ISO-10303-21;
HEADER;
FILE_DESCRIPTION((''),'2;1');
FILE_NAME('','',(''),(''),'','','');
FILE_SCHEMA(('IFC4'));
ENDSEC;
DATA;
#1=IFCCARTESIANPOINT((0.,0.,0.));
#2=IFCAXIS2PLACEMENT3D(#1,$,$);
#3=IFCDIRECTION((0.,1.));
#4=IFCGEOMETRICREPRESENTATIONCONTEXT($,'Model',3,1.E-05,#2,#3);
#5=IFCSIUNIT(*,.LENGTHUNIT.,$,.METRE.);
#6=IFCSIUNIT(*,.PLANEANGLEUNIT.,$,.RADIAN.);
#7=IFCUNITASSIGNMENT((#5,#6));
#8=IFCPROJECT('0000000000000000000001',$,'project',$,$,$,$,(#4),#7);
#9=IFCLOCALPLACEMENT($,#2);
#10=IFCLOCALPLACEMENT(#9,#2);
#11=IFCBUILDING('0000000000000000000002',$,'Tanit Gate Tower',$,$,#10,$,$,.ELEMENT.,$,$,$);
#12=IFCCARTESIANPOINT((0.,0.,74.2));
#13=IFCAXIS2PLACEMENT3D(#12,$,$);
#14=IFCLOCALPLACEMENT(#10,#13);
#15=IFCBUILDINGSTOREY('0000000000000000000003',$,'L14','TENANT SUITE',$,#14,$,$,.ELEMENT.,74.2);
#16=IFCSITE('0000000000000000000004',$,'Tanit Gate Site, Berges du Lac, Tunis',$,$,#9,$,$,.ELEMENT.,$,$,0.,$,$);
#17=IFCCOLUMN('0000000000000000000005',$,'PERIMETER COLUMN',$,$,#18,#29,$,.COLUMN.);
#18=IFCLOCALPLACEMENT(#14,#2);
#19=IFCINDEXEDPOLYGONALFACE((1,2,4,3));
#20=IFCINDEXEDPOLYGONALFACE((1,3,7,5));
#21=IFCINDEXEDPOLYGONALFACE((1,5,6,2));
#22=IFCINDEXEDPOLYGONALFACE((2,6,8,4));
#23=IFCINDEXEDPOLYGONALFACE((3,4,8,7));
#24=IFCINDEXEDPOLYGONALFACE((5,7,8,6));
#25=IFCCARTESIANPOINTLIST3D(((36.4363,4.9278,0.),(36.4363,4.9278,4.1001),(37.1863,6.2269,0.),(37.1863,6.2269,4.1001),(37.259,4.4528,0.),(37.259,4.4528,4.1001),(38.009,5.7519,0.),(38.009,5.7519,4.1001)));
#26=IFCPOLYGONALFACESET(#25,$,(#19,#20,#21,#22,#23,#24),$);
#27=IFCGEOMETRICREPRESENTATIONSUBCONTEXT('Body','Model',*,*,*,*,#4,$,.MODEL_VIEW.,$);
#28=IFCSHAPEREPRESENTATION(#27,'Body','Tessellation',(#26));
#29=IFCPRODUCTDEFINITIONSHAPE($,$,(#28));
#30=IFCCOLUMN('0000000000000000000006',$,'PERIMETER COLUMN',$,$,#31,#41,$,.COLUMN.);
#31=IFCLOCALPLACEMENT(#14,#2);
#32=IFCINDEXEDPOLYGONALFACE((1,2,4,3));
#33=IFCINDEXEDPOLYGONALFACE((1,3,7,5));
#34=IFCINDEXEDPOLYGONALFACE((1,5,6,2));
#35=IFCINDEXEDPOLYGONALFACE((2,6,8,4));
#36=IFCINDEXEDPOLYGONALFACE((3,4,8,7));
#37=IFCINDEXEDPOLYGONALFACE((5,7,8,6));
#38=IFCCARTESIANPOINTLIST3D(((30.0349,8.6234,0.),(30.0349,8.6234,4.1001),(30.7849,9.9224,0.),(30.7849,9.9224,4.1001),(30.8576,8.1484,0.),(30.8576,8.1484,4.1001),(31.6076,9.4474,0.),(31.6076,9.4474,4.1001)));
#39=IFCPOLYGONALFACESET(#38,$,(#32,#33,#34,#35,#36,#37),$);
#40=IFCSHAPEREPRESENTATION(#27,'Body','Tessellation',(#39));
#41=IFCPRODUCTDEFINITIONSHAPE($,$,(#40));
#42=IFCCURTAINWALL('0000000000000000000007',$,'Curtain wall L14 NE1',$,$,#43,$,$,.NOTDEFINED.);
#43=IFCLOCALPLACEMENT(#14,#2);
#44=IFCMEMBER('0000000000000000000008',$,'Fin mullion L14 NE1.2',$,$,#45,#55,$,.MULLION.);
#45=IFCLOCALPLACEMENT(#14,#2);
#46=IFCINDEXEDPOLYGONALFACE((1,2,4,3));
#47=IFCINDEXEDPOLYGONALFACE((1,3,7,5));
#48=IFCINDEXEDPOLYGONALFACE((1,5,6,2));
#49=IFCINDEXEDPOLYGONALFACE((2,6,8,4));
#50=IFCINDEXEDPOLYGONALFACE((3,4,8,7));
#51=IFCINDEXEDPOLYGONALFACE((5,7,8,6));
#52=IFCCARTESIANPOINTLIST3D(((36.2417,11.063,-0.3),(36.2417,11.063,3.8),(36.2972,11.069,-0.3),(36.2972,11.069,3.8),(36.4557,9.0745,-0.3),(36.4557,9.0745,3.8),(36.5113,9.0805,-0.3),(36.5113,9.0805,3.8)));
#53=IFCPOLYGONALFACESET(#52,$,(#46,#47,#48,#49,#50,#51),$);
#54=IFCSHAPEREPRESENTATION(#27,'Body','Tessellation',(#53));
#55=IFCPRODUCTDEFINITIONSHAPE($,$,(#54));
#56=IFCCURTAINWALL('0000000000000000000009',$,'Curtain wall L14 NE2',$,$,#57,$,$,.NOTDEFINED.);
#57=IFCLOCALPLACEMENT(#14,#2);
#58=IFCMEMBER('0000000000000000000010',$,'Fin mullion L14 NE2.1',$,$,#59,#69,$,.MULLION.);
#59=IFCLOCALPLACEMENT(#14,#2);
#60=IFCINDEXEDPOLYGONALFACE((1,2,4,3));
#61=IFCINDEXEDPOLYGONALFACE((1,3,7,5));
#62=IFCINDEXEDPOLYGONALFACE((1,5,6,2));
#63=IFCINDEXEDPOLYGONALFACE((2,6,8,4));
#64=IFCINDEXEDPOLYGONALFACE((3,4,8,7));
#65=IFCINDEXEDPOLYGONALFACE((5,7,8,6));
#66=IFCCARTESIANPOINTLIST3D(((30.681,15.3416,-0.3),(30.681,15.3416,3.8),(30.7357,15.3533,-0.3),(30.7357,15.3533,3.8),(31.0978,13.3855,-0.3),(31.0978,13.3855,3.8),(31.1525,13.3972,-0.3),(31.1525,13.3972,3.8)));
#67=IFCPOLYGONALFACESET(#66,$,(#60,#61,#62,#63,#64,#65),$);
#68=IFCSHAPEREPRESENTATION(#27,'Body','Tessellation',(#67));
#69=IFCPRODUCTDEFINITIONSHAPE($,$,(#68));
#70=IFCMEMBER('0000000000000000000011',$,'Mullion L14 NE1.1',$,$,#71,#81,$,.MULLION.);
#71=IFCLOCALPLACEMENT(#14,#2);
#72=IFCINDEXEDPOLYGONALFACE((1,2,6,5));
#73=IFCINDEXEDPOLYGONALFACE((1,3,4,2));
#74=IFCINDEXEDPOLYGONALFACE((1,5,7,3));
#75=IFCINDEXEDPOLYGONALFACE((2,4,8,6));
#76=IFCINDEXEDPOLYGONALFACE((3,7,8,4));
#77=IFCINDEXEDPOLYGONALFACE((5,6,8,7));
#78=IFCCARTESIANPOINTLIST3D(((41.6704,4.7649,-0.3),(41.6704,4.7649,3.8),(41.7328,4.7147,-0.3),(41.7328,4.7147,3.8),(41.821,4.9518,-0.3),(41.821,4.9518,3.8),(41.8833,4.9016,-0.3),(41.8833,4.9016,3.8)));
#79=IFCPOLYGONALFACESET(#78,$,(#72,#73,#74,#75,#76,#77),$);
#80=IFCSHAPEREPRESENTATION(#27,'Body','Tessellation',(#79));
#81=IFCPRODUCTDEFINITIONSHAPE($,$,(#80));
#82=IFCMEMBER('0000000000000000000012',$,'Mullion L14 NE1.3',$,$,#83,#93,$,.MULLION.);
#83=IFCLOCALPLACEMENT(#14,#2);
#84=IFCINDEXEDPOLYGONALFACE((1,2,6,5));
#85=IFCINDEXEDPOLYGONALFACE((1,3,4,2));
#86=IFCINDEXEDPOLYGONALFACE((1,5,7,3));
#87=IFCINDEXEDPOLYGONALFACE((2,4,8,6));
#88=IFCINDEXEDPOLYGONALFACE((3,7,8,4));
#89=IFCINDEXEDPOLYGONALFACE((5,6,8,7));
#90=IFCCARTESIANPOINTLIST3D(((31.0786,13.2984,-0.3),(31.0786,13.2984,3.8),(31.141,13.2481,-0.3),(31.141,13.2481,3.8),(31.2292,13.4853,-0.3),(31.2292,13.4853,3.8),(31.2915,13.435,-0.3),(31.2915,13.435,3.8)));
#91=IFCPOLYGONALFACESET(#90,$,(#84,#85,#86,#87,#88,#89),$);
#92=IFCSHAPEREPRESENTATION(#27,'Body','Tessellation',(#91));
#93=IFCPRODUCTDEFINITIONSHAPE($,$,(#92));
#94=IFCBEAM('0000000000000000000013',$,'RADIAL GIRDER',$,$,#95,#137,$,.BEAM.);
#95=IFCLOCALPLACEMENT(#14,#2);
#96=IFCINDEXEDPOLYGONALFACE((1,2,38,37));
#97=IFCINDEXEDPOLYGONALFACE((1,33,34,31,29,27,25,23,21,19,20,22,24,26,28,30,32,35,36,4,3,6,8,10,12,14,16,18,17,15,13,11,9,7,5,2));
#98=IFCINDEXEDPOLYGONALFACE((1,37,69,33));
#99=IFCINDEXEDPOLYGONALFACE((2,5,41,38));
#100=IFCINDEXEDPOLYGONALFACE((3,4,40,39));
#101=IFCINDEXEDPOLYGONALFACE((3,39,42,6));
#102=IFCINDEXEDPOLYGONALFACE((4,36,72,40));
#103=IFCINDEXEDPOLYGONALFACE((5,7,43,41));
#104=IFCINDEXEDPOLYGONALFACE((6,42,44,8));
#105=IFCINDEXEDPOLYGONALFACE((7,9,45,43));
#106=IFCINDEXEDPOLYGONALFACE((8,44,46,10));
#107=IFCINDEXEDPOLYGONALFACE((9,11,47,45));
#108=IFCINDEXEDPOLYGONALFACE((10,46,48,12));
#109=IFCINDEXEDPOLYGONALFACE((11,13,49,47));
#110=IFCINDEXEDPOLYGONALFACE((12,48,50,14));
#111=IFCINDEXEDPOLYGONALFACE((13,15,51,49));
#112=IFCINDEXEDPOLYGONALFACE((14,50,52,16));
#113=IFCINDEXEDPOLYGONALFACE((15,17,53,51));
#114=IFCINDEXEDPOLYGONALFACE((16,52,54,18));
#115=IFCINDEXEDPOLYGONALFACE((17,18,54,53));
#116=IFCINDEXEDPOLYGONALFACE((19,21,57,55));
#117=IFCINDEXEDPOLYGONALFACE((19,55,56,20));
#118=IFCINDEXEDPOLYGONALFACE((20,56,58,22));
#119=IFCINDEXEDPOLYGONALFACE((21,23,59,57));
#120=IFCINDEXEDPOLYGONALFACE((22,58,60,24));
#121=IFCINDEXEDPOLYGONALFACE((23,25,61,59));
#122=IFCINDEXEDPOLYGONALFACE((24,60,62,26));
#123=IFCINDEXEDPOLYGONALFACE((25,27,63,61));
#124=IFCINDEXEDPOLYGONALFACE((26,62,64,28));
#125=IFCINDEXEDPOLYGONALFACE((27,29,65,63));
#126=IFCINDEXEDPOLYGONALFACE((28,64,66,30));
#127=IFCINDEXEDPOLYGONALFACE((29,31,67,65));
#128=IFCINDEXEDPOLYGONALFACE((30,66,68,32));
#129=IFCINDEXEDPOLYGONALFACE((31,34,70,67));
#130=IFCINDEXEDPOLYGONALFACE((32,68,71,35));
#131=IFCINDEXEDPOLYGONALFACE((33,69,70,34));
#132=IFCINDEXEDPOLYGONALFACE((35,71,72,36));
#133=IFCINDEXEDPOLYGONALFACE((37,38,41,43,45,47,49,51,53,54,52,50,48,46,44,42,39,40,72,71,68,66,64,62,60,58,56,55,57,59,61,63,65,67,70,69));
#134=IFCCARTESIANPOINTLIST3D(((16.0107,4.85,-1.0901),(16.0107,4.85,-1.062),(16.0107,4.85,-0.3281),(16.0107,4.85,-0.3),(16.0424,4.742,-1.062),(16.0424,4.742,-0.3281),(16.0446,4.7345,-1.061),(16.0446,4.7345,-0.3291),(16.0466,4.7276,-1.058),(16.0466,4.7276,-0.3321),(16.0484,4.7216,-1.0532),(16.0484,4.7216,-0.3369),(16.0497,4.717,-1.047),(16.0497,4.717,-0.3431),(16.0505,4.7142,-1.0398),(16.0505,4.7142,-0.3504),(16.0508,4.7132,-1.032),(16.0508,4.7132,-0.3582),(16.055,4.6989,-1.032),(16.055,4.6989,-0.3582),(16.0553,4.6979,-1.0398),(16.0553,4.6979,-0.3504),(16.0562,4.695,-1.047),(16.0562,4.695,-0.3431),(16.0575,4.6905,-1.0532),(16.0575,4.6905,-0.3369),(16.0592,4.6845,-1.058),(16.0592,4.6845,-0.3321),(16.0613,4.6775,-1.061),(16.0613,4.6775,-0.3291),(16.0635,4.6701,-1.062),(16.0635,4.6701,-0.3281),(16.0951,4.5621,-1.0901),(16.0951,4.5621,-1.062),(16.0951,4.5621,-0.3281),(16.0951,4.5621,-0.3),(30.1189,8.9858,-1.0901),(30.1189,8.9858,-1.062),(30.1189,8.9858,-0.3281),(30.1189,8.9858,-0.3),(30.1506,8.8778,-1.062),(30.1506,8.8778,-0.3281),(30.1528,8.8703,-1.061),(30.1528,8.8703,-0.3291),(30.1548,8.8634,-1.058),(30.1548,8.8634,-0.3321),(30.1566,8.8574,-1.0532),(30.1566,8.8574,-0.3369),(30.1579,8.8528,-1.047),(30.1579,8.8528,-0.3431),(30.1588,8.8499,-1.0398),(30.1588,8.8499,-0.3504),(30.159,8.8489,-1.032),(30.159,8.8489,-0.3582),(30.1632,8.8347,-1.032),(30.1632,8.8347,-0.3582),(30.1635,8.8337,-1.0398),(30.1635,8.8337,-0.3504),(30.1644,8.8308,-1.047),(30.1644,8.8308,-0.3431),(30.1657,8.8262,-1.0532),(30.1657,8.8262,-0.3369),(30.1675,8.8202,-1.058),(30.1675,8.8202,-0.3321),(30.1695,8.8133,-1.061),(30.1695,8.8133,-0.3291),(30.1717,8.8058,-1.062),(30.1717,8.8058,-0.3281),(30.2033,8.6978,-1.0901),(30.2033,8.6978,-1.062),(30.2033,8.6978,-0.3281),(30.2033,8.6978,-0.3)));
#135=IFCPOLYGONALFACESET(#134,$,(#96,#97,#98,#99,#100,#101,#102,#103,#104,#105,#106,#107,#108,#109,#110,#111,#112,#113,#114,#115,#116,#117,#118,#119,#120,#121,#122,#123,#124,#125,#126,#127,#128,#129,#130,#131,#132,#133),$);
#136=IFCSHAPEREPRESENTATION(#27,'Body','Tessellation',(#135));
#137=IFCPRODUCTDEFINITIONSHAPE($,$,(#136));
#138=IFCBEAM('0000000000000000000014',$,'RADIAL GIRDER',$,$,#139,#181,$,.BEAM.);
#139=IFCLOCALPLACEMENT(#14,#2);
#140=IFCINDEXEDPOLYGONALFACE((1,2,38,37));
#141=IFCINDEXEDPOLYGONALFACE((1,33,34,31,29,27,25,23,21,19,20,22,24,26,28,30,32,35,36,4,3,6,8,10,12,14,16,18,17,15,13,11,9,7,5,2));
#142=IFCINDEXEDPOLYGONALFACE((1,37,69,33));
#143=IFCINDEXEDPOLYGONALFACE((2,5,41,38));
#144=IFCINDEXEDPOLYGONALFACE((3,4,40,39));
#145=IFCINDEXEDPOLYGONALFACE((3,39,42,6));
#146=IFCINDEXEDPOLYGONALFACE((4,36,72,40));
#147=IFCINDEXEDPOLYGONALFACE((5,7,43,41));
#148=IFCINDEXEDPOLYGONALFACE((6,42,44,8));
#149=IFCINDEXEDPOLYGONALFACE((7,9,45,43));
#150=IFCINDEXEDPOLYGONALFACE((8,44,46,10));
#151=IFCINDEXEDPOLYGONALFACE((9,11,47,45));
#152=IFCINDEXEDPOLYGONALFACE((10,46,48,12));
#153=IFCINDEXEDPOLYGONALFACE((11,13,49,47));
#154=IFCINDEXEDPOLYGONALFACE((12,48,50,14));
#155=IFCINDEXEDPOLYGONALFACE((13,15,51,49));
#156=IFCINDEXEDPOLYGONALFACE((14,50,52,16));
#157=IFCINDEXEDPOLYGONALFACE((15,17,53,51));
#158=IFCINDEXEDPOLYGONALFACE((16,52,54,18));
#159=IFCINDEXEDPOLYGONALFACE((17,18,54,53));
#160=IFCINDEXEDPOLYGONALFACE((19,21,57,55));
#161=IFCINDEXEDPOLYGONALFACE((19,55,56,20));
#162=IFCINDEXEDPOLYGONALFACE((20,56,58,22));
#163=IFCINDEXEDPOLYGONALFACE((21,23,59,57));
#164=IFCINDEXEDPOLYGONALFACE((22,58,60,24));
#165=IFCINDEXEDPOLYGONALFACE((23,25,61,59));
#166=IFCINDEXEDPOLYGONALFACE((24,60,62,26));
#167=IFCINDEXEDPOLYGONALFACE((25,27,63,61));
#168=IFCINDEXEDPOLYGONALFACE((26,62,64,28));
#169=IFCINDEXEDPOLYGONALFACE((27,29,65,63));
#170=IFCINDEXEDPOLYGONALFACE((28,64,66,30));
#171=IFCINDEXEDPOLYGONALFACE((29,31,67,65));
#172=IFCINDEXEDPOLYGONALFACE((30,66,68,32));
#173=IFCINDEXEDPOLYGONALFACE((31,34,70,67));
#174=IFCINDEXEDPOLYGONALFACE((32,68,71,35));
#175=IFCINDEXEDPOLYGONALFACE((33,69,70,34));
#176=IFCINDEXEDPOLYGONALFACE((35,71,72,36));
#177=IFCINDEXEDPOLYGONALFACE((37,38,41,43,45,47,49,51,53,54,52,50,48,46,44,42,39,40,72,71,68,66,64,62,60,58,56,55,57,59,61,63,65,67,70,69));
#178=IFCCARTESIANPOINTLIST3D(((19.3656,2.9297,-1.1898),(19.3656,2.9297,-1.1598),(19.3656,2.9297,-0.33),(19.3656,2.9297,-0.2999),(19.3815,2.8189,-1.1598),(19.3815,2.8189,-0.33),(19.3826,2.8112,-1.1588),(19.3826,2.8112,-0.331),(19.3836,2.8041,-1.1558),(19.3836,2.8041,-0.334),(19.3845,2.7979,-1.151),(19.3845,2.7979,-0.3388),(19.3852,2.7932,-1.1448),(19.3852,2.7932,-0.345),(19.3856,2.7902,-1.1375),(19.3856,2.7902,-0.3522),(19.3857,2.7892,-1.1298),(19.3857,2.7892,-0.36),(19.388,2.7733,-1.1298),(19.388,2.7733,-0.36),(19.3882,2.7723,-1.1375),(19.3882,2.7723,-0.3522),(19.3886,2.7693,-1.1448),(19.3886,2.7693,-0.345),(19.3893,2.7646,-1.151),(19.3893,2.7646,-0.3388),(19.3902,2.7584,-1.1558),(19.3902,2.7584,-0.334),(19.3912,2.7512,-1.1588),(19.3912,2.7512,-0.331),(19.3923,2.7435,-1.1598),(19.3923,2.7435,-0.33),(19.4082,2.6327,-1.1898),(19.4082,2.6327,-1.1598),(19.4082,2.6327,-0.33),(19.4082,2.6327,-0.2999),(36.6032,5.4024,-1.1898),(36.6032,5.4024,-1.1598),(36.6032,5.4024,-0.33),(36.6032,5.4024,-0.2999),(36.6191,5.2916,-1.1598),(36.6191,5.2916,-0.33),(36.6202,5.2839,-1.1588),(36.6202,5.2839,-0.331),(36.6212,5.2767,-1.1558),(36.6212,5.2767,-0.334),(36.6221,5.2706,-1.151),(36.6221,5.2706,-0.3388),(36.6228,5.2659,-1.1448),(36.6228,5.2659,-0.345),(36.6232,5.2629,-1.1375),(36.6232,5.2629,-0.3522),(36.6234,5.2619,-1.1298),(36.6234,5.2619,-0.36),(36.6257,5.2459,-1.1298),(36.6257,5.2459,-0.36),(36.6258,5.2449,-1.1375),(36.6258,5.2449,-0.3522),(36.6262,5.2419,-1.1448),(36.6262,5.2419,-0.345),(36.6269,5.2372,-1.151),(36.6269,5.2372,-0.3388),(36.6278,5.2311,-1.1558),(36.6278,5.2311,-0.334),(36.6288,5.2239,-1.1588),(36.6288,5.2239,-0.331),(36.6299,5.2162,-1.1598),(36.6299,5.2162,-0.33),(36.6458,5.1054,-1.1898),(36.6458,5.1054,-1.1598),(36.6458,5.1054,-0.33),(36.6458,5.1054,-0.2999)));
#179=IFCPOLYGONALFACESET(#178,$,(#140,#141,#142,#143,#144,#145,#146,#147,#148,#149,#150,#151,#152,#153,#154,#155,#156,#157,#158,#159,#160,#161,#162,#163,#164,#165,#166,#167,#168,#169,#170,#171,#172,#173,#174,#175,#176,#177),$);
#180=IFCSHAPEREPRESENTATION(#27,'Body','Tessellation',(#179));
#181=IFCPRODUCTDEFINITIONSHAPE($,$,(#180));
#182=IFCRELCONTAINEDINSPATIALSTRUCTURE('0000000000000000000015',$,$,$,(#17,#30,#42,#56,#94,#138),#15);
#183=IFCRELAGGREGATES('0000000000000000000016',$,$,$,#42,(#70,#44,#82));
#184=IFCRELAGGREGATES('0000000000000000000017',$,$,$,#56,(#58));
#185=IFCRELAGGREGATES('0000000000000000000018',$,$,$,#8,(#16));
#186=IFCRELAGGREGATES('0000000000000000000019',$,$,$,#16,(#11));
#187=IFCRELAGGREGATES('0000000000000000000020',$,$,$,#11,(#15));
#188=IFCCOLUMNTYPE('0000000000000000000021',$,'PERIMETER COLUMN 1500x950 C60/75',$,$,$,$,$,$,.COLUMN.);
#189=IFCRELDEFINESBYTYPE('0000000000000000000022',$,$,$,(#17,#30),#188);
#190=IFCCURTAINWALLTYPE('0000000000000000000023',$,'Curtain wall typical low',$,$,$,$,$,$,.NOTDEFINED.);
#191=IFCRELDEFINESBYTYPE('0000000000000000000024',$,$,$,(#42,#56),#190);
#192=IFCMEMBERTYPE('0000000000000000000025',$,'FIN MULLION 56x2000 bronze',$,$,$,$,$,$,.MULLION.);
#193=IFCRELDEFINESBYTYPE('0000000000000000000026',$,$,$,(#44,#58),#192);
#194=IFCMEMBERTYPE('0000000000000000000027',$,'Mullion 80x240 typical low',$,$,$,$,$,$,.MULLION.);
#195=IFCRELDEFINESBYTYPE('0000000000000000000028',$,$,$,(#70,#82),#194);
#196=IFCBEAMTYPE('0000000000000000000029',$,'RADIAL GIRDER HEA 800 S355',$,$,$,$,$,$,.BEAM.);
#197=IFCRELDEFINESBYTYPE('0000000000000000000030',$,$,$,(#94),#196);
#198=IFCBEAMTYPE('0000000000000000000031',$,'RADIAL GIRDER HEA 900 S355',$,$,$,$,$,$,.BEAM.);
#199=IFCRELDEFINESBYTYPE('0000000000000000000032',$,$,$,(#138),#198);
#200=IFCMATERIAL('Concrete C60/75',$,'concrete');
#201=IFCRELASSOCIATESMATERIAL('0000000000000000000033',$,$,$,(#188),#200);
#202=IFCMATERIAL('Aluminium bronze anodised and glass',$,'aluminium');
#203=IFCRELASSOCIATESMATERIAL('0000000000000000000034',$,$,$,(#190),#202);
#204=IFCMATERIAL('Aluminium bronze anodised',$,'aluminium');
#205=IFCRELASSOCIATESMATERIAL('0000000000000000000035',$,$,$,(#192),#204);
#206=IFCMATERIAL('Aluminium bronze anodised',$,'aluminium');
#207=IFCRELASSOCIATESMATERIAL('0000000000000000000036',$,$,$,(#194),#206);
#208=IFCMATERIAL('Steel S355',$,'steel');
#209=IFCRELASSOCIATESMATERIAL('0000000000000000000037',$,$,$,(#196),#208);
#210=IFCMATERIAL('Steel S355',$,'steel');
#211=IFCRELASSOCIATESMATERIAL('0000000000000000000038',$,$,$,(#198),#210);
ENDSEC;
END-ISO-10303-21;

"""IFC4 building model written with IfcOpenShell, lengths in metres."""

from ifc_helpers import new_model, si_unit, direction, frame, origin, origin_2d, place, context, subcontext, project, spatial, rectangle, i_section, extrude, material, material_profile, profile_set, type_object, element, aggregate, save


model = new_model("IFC4")

# Units and contexts
model_context = context("Model", 3, precision=1e-05, world=origin(), true_north=direction((0.0, 1.0)))
body_context = subcontext(model_context, "Body", "Model", "MODEL_VIEW")
ifc_project = project(units=[si_unit("LENGTHUNIT", "METRE"), si_unit("PLANEANGLEUNIT", "RADIAN")], contexts=[model_context])

# Site, building, storey
site_placement = place(None, origin())
site = spatial("IfcSite", under=ifc_project, at=site_placement, Name="Tanit Gate Site, Berges du Lac, Tunis", CompositionType="ELEMENT", RefElevation=0.0)
building_placement = place(site_placement, origin())
building = spatial("IfcBuilding", under=site, at=building_placement, Name="Tanit Gate Tower", CompositionType="ELEMENT")
storey_placement = place(building_placement, frame((0.0, 0.0, 74.2)))
storey = spatial("IfcBuildingStorey", under=building, at=storey_placement, Name="L14", Description="TENANT SUITE", CompositionType="ELEMENT", Elevation=74.2)

# Columns
ifc_material_1 = material(Name="Concrete C60/75", Category="concrete")
ifc_material_profile_1 = material_profile(ifc_material_1, rectangle(XDim=1.5, YDim=0.95, at=origin_2d()), Name="RC 1500x950")
ifc_profile_set_1 = profile_set([ifc_material_profile_1], Name="Concrete C60/75")
column_type = type_object("IfcColumnType", Name="PERIMETER COLUMN 1500x950 C60/75", PredefinedType="COLUMN", material=ifc_profile_set_1)
for number, where, z_axis, x_axis, name in (
    (1, (37.2227, 5.3398, 0.0), (0.0, 0.0, 1.0), (0.5, 0.866025, 0.0), "PERIMETER COLUMN"),
    (2, (30.8213, 9.0354, 0.0), (0.0, 0.0, 1.0), (0.5, 0.866025, 0.0), "PERIMETER COLUMN"),
):
    element("IfcColumn", number, at=place(storey_placement, frame(where, z_axis=z_axis, x_axis=x_axis)), inside=storey, type_object=column_type, Name=name, PredefinedType="COLUMN", context=body_context, shape_type="SweptSolid", body=[
        extrude(rectangle(XDim=1.5, YDim=0.95, at=origin_2d()), origin(), (0.0, 0.0, 1.0), 4.1001),
    ])

# Curtain walls, members
ifc_material_2 = material(Name="Aluminium bronze anodised and glass", Category="aluminium")
curtain_wall_type = type_object("IfcCurtainWallType", Name="Curtain wall typical low", PredefinedType="NOTDEFINED", material=ifc_material_2)
curtain_wall_1_placement = place(storey_placement, origin())
curtain_wall_1 = element("IfcCurtainWall", 3, at=curtain_wall_1_placement, inside=storey, type_object=curtain_wall_type, Name="Curtain wall L14 NE1", PredefinedType="NOTDEFINED")
ifc_material_3 = material(Name="Aluminium bronze anodised", Category="aluminium")
ifc_material_profile_2 = material_profile(ifc_material_3, rectangle(XDim=2.0, YDim=0.0559, at=origin_2d()), Name="56x2000 bronze fin mullion")
ifc_profile_set_2 = profile_set([ifc_material_profile_2], Name="Aluminium bronze anodised")
member_type_1 = type_object("IfcMemberType", Name="FIN MULLION 56x2000 bronze", PredefinedType="MULLION", material=ifc_profile_set_2)
member_1_placement = place(storey_placement, frame((36.3765, 10.0718, -0.3), z_axis=(0.0, 0.0, 1.0), x_axis=(0.107017, -0.994257, 0.0)))
member_1 = element("IfcMember", 4, at=member_1_placement, type_object=member_type_1, Name="Fin mullion L14 NE1.2", PredefinedType="MULLION", context=body_context, shape_type="SweptSolid", body=[
    extrude(rectangle(XDim=2.0, YDim=0.0559, at=origin_2d()), origin(), (0.0, 0.0, 1.0), 4.1001),
])
curtain_wall_2_placement = place(storey_placement, origin())
curtain_wall_2 = element("IfcCurtainWall", 5, at=curtain_wall_2_placement, inside=storey, type_object=curtain_wall_type, Name="Curtain wall L14 NE2", PredefinedType="NOTDEFINED")
member_2_placement = place(storey_placement, frame((30.9167, 14.3694, -0.3), z_axis=(0.0, 0.0, 1.0), x_axis=(0.208373, -0.978049, 0.0)))
member_2 = element("IfcMember", 6, at=member_2_placement, type_object=member_type_1, Name="Fin mullion L14 NE2.1", PredefinedType="MULLION", context=body_context, shape_type="SweptSolid", body=[
    extrude(rectangle(XDim=2.0, YDim=0.0559, at=origin_2d()), origin(), (0.0, 0.0, 1.0), 4.1001),
])

# Members
ifc_material_4 = material(Name="Aluminium bronze anodised", Category="aluminium")
ifc_material_profile_3 = material_profile(ifc_material_4, rectangle(XDim=0.24, YDim=0.0801, at=origin_2d()), Name="80x240 bronze mullion")
ifc_profile_set_3 = profile_set([ifc_material_profile_3], Name="Aluminium bronze anodised")
member_type_2 = type_object("IfcMemberType", Name="Mullion 80x240 typical low", PredefinedType="MULLION", material=ifc_profile_set_3)
member_3_placement = place(storey_placement, frame((41.7769, 4.8333, -0.3), z_axis=(0.0, 0.0, 1.0), x_axis=(-0.627374, -0.778718, 0.0)))
member_3 = element("IfcMember", 7, at=member_3_placement, type_object=member_type_2, Name="Mullion L14 NE1.1", PredefinedType="MULLION", context=body_context, shape_type="SweptSolid", body=[
    extrude(rectangle(XDim=0.24, YDim=0.0801, at=origin_2d()), origin(), (0.0, 0.0, 1.0), 4.1001),
])
member_4_placement = place(storey_placement, frame((31.1851, 13.3667, -0.3), z_axis=(0.0, 0.0, 1.0), x_axis=(-0.627374, -0.778718, 0.0)))
member_4 = element("IfcMember", 8, at=member_4_placement, type_object=member_type_2, Name="Mullion L14 NE1.3", PredefinedType="MULLION", context=body_context, shape_type="SweptSolid", body=[
    extrude(rectangle(XDim=0.24, YDim=0.0801, at=origin_2d()), origin(), (0.0, 0.0, 1.0), 4.1001),
])

# Beams
ifc_material_5 = material(Name="Steel S355", Category="steel")
ifc_material_profile_4 = material_profile(ifc_material_5, i_section(OverallWidth=0.3, OverallDepth=0.79, WebThickness=0.0149, FlangeThickness=0.0281, FilletRadius=0.03, at=origin_2d()), Name="HEA 800")
ifc_profile_set_4 = profile_set([ifc_material_profile_4], Name="Steel S355")
beam_type_1 = type_object("IfcBeamType", Name="RADIAL GIRDER HEA 800 S355", PredefinedType="BEAM", material=ifc_profile_set_4)
beam_1_placement = place(storey_placement, frame((30.1611, 8.8418, -0.6951), z_axis=(-0.959618, -0.281308, 0.0), x_axis=(0.281308, -0.959618, 0.0)))
element("IfcBeam", 9, at=beam_1_placement, inside=storey, type_object=beam_type_1, Name="RADIAL GIRDER", PredefinedType="BEAM", context=body_context, shape_type="SweptSolid", body=[
    extrude(i_section(OverallWidth=0.3, OverallDepth=0.79, WebThickness=0.0149, FlangeThickness=0.0281, FilletRadius=0.03, at=origin_2d()), origin(), (0.0, 0.0, 1.0), 14.7019),
])
ifc_material_6 = material(Name="Steel S355", Category="steel")
ifc_material_profile_5 = material_profile(ifc_material_6, i_section(OverallWidth=0.3, OverallDepth=0.8899, WebThickness=0.0161, FlangeThickness=0.03, FilletRadius=0.03, at=origin_2d()), Name="HEA 900")
ifc_profile_set_5 = profile_set([ifc_material_profile_5], Name="Steel S355")
beam_type_2 = type_object("IfcBeamType", Name="RADIAL GIRDER HEA 900 S355", PredefinedType="BEAM", material=ifc_profile_set_5)
beam_2_placement = place(storey_placement, frame((36.6245, 5.2539, -0.7449), z_axis=(-0.989868, -0.141992, 0.0), x_axis=(0.141992, -0.989868, 0.0)))
element("IfcBeam", 10, at=beam_2_placement, inside=storey, type_object=beam_type_2, Name="RADIAL GIRDER", PredefinedType="BEAM", context=body_context, shape_type="SweptSolid", body=[
    extrude(i_section(OverallWidth=0.3, OverallDepth=0.8899, WebThickness=0.0161, FlangeThickness=0.03, FilletRadius=0.03, at=origin_2d()), origin(), (0.0, 0.0, 1.0), 17.4141),
])

aggregate(curtain_wall_1, [member_3, member_1, member_4])
aggregate(curtain_wall_2, [member_2])

save(model, "model.ifc")
